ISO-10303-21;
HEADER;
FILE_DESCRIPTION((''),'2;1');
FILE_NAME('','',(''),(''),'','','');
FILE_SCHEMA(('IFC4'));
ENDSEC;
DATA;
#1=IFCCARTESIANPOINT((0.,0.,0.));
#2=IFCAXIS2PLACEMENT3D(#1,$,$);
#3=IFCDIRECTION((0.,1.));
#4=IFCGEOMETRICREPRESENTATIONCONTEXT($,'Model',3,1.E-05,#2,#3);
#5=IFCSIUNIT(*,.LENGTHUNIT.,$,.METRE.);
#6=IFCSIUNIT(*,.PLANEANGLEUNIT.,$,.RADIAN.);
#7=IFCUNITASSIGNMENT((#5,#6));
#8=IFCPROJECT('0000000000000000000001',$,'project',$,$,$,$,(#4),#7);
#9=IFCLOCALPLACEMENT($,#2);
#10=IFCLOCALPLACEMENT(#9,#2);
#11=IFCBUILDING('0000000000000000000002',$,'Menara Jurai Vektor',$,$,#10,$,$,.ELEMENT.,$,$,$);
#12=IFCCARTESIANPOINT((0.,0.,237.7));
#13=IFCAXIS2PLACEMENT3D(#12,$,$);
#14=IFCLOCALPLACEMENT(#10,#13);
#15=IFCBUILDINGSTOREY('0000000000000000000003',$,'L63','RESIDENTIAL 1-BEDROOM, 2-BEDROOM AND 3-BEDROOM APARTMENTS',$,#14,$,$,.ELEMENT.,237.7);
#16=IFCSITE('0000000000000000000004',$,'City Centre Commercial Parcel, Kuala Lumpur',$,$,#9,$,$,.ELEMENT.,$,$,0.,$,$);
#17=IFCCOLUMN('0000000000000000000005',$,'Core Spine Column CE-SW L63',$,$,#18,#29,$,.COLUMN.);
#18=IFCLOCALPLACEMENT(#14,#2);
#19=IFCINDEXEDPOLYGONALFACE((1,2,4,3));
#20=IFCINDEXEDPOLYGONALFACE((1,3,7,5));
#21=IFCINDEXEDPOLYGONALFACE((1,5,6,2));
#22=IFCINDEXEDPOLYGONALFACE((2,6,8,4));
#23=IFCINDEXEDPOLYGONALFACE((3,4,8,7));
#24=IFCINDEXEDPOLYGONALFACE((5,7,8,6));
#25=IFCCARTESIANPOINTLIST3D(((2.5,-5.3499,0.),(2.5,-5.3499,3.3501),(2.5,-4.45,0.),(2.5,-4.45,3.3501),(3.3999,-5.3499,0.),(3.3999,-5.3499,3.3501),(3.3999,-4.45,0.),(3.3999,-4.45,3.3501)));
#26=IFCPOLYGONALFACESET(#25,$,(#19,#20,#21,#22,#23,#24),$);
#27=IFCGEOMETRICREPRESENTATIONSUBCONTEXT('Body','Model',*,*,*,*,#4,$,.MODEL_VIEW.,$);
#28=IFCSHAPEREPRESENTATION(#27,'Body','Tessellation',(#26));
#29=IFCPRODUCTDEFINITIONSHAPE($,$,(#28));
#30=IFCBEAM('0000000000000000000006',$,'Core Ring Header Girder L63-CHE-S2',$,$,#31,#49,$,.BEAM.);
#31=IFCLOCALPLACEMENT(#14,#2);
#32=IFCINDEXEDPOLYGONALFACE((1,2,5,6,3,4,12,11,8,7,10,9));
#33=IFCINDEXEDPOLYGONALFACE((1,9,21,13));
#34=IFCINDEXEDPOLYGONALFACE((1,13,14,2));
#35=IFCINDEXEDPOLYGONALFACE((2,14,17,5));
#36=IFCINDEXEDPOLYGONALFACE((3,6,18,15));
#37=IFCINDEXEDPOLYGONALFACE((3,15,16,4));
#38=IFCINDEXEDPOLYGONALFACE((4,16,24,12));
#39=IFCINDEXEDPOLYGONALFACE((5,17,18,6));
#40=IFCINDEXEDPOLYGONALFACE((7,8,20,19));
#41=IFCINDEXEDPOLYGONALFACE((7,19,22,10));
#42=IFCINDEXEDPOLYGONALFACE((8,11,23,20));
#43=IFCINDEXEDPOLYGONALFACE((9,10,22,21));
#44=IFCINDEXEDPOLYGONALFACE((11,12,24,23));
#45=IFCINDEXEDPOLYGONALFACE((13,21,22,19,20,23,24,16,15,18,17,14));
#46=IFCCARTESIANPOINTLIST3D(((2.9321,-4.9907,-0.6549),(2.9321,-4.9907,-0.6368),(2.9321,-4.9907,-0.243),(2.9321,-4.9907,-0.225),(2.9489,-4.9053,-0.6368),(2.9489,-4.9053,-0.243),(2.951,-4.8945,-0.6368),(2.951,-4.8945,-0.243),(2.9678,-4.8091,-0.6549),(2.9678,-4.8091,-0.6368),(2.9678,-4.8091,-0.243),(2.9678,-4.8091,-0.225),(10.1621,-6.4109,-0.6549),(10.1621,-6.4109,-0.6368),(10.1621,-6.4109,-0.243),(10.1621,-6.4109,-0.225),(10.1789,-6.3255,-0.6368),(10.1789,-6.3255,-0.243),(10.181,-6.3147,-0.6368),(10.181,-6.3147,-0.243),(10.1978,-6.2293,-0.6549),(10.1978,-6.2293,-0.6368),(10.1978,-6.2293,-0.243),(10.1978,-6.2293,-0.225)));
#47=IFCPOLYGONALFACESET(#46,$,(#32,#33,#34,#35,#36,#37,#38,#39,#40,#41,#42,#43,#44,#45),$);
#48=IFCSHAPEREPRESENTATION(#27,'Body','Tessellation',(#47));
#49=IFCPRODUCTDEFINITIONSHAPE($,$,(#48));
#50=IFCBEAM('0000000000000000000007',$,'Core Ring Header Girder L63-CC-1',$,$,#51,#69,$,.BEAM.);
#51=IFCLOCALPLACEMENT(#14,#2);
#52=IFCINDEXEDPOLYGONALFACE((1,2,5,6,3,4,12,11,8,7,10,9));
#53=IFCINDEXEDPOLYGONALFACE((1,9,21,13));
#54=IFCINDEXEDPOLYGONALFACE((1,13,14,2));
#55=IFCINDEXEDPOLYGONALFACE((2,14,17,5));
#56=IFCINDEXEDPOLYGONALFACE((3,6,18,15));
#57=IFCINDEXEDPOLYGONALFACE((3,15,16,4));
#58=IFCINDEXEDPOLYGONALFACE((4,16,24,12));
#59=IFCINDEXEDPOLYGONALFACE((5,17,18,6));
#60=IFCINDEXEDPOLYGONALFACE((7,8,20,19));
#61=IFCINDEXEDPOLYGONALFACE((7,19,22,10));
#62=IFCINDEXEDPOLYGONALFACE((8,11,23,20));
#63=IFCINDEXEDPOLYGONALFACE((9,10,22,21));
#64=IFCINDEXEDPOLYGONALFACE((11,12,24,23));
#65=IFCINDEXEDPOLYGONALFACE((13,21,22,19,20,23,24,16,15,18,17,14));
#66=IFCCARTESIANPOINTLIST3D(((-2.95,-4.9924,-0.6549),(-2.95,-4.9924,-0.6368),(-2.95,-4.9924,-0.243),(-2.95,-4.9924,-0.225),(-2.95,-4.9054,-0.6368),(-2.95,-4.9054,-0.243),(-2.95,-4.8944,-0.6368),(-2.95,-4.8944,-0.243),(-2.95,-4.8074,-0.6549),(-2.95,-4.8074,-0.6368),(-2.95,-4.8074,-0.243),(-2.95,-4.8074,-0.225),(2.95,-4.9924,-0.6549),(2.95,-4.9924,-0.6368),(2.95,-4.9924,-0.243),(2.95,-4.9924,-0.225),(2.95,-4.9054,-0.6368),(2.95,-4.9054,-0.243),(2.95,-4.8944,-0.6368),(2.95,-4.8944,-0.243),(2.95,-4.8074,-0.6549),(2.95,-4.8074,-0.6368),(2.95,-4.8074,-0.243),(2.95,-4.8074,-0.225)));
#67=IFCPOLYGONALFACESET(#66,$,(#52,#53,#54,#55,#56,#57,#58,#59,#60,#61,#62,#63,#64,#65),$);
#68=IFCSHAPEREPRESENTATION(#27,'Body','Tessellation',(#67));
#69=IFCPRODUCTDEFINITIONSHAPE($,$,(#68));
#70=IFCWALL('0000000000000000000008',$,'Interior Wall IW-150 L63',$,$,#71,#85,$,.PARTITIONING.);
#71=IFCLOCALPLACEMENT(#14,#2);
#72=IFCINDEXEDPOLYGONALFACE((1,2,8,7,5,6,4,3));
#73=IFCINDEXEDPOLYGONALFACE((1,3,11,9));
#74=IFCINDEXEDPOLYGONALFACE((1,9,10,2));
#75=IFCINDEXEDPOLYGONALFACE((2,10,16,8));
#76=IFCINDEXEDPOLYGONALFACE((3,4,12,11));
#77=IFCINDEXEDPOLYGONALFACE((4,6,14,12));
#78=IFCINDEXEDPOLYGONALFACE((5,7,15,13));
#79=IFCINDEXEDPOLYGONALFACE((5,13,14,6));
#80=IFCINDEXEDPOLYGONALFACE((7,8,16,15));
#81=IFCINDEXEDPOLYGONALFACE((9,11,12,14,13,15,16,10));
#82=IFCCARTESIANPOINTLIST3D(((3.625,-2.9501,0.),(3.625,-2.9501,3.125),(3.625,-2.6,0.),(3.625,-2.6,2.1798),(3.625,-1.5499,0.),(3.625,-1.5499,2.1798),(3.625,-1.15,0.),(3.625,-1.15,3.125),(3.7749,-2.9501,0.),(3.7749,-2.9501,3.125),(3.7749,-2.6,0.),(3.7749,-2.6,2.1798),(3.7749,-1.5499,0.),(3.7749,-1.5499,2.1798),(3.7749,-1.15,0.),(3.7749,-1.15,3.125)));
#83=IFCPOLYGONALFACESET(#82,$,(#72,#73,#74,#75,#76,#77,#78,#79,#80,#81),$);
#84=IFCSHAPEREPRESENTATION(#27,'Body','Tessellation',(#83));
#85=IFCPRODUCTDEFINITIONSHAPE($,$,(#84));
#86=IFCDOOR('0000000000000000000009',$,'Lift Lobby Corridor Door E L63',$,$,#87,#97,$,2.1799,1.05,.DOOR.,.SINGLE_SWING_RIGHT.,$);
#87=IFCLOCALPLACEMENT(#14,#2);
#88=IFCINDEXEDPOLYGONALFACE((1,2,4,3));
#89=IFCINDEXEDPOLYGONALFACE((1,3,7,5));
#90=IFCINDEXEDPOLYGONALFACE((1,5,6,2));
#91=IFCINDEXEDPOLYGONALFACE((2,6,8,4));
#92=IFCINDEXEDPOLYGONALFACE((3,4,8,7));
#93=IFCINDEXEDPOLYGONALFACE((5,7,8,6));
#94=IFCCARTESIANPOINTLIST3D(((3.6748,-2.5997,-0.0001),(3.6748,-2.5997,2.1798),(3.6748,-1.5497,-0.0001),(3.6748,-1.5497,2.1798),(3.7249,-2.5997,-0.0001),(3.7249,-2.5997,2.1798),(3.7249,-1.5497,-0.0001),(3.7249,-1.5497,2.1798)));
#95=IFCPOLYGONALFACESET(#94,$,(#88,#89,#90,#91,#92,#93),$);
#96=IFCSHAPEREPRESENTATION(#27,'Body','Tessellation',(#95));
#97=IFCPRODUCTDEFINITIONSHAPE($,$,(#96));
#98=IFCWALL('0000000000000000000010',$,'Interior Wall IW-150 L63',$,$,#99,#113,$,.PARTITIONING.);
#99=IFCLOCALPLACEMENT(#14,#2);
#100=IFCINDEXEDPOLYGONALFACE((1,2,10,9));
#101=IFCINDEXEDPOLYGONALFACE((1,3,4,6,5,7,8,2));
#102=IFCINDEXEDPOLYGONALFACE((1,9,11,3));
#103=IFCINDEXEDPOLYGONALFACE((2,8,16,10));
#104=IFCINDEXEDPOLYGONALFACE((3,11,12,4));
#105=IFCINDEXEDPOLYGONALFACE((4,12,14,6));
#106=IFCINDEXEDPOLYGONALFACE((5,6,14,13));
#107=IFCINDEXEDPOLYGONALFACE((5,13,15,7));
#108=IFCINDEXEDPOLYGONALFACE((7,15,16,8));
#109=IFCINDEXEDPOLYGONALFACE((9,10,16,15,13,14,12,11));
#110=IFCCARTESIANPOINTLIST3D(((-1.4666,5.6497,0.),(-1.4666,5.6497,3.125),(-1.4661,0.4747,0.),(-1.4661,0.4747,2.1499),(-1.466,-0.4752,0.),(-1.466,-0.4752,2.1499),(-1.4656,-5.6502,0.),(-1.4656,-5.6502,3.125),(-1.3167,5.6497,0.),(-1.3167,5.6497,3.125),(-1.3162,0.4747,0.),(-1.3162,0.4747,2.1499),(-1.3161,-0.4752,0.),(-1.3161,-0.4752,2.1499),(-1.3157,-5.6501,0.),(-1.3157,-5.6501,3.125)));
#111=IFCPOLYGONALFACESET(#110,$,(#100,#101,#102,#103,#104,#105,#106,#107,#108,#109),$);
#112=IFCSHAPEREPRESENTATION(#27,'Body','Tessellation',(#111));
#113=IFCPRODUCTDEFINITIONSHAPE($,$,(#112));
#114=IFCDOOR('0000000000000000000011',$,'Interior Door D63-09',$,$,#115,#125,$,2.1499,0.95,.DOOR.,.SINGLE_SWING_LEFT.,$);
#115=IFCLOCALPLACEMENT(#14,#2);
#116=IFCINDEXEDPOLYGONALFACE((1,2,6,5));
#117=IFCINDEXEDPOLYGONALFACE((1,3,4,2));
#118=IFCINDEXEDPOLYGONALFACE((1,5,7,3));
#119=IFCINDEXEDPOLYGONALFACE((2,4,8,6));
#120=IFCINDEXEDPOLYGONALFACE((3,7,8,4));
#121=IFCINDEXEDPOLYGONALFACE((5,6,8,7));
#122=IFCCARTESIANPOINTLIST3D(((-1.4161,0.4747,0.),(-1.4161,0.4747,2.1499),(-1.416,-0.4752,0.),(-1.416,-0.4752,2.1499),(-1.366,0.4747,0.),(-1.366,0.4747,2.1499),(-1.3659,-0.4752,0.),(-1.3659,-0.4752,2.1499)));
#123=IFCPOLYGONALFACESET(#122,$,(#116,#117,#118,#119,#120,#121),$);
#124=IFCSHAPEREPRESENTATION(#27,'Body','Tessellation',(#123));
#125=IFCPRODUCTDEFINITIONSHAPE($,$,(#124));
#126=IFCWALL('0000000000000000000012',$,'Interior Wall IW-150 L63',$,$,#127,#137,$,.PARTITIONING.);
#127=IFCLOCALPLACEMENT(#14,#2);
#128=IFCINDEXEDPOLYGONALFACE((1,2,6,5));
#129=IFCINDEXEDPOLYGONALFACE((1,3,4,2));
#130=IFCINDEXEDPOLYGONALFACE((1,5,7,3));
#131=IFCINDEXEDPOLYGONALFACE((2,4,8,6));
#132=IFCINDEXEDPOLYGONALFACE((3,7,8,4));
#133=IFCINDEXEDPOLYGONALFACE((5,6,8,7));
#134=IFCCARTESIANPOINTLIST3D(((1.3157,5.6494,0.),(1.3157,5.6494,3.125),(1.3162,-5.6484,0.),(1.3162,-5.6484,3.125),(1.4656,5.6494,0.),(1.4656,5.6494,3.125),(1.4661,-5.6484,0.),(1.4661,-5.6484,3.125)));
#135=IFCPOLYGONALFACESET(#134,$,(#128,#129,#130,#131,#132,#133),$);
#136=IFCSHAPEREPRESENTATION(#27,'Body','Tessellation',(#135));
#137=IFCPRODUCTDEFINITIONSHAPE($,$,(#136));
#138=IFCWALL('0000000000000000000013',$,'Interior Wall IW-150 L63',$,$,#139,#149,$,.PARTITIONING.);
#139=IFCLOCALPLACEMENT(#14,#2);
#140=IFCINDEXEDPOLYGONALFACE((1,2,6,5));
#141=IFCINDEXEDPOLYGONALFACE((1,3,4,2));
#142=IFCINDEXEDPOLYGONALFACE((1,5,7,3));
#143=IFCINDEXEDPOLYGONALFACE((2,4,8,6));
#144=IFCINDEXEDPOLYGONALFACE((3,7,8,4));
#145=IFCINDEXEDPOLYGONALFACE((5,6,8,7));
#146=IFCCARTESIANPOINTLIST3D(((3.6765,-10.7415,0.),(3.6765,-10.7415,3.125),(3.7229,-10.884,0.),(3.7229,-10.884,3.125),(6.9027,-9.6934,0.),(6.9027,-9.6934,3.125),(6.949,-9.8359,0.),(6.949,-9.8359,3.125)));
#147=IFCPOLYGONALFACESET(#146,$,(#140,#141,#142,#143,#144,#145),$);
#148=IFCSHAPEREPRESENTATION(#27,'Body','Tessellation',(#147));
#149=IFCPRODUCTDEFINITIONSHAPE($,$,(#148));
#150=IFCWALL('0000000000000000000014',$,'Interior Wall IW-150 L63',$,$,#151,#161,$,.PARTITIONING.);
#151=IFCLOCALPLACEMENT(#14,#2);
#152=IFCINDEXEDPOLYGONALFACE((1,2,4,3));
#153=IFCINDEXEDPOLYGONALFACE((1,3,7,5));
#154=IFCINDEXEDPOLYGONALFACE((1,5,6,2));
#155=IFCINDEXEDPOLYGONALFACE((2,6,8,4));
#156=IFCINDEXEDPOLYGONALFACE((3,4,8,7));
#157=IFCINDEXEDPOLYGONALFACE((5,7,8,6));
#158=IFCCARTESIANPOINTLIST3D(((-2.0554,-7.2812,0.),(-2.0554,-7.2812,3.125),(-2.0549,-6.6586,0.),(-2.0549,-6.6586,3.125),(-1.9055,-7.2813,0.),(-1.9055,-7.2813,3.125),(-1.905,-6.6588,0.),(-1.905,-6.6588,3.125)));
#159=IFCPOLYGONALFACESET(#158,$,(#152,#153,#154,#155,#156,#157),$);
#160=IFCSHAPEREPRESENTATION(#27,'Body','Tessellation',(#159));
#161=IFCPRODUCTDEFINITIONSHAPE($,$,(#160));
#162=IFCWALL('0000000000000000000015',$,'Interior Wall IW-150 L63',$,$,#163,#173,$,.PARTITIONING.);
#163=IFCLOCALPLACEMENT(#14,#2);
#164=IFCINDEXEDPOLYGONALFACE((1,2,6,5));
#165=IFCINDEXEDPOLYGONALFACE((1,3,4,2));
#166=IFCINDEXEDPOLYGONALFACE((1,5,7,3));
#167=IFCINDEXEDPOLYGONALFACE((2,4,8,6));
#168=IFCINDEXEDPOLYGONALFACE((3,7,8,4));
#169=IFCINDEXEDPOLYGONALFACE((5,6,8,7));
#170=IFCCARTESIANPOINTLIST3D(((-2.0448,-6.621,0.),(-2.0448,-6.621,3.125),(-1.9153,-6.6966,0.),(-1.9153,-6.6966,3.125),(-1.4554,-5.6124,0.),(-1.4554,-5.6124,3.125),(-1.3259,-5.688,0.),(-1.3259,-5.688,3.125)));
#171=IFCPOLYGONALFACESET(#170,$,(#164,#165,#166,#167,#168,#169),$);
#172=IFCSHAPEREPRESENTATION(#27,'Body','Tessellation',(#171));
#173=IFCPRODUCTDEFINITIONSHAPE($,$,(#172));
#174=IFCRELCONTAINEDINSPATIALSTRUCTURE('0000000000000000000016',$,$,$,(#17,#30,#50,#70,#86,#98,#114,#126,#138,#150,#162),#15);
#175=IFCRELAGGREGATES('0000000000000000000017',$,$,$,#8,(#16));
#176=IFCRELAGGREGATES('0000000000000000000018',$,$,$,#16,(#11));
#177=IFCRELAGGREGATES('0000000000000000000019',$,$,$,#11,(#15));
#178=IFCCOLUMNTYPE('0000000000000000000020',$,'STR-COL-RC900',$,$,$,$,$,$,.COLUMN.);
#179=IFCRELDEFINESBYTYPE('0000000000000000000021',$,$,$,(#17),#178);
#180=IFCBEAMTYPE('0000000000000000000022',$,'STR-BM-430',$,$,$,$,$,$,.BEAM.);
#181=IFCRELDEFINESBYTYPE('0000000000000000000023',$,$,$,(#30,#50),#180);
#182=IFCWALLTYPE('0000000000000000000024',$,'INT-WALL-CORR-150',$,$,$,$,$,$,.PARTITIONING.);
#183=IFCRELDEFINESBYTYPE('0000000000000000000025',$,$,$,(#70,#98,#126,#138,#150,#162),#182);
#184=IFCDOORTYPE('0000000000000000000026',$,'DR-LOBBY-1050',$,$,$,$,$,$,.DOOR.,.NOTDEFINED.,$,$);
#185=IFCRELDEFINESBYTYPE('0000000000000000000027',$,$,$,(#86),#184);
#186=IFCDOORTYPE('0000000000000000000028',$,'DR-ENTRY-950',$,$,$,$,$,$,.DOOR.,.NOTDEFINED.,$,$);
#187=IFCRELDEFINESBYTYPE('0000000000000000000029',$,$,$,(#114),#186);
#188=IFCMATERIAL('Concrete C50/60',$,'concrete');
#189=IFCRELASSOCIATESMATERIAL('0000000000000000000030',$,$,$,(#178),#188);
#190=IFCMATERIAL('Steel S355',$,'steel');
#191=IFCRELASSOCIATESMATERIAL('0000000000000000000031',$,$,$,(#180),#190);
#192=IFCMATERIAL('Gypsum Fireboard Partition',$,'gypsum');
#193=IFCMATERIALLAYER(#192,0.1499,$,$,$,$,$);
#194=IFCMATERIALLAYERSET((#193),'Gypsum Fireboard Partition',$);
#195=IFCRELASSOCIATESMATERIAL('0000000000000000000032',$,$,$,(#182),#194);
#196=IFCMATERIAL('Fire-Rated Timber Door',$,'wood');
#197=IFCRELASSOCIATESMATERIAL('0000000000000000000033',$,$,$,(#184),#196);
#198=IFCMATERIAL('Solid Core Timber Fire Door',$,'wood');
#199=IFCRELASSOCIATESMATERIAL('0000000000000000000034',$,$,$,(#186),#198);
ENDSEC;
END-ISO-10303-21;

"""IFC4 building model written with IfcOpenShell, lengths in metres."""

from ifc_helpers import new_model, si_unit, direction, frame, frame_2d, origin, origin_2d, place, context, subcontext, project, spatial, rectangle, i_section, extrude, material, layer, layer_set, material_profile, profile_set, type_object, element, fill, save


model = new_model("IFC4")

# Units and contexts
model_context = context("Model", 3, precision=1e-05, world=origin(), true_north=direction((0.0, 1.0)))
body_context = subcontext(model_context, "Body", "Model", "MODEL_VIEW")
ifc_project = project(units=[si_unit("LENGTHUNIT", "METRE"), si_unit("PLANEANGLEUNIT", "RADIAN")], contexts=[model_context])

# Site, building, storey
site_placement = place(None, origin())
site = spatial("IfcSite", under=ifc_project, at=site_placement, Name="City Centre Commercial Parcel, Kuala Lumpur", CompositionType="ELEMENT", RefElevation=0.0)
building_placement = place(site_placement, origin())
building = spatial("IfcBuilding", under=site, at=building_placement, Name="Menara Jurai Vektor", CompositionType="ELEMENT")
storey_placement = place(building_placement, frame((0.0, 0.0, 237.7)))
storey = spatial("IfcBuildingStorey", under=building, at=storey_placement, Name="L63", Description="RESIDENTIAL 1-BEDROOM, 2-BEDROOM AND 3-BEDROOM APARTMENTS", CompositionType="ELEMENT", Elevation=237.7)

# Column
ifc_material_1 = material(Name="Concrete C50/60", Category="concrete")
ifc_material_profile_1 = material_profile(ifc_material_1, rectangle(XDim=0.8999, YDim=0.8999, at=origin_2d()), Name="RC 900x900")
ifc_profile_set_1 = profile_set([ifc_material_profile_1], Name="Concrete C50/60")
column_type = type_object("IfcColumnType", Name="STR-COL-RC900", PredefinedType="COLUMN", material=ifc_profile_set_1)
column_placement = place(storey_placement, frame((2.95, -4.8999, 0.0), z_axis=(0.0, 0.0, 1.0), x_axis=(1.0, 0.0, 0.0)))
element("IfcColumn", 1, at=column_placement, inside=storey, type_object=column_type, Name="Core Spine Column CE-SW L63", PredefinedType="COLUMN", context=body_context, shape_type="SweptSolid", body=[
    extrude(rectangle(XDim=0.8999, YDim=0.8999, at=origin_2d()), origin(), (0.0, 0.0, 1.0), 3.3501),
])

# Beams
ifc_material_2 = material(Name="Steel S355", Category="steel")
ifc_material_profile_2 = material_profile(ifc_material_2, i_section(OverallWidth=0.1851, OverallDepth=0.4299, WebThickness=0.011, FlangeThickness=0.0181, at=origin_2d()), Name="PG 430x185x76")
ifc_profile_set_2 = profile_set([ifc_material_profile_2], Name="Steel S355")
beam_type = type_object("IfcBeamType", Name="STR-BM-430", PredefinedType="BEAM", material=ifc_profile_set_2)
beam_1_placement = place(storey_placement, frame((2.95, -4.8999, -0.4399), z_axis=(0.981249, -0.192744, 0.0), x_axis=(0.192744, 0.981249, 0.0)))
element("IfcBeam", 2, at=beam_1_placement, inside=storey, type_object=beam_type, Name="Core Ring Header Girder L63-CHE-S2", PredefinedType="BEAM", context=body_context, shape_type="SweptSolid", body=[
    extrude(i_section(OverallWidth=0.1851, OverallDepth=0.4299, WebThickness=0.011, FlangeThickness=0.0181, at=origin_2d()), origin(), (0.0, 0.0, 1.0), 7.3682),
])
beam_2_placement = place(storey_placement, frame((-2.95, -4.8999, -0.4399), z_axis=(1.0, 0.0, 0.0), x_axis=(0.0, 1.0, 0.0)))
element("IfcBeam", 3, at=beam_2_placement, inside=storey, type_object=beam_type, Name="Core Ring Header Girder L63-CC-1", PredefinedType="BEAM", context=body_context, shape_type="SweptSolid", body=[
    extrude(i_section(OverallWidth=0.1851, OverallDepth=0.4299, WebThickness=0.011, FlangeThickness=0.0181, at=origin_2d()), origin(), (0.0, 0.0, 1.0), 5.8999),
])

# Walls, openings, doors
ifc_material_3 = material(Name="Gypsum Fireboard Partition", Category="gypsum")
ifc_layer_1 = layer(ifc_material_3, 0.1499)
ifc_layer_set_1 = layer_set([ifc_layer_1], Name="Gypsum Fireboard Partition")
wall_type_1 = type_object("IfcWallType", Name="INT-WALL-CORR-150", PredefinedType="PARTITIONING", material=ifc_layer_set_1)
wall_1_placement = place(storey_placement, frame((3.7, -2.95, 0.0), z_axis=(0.0, 0.0, 1.0), x_axis=(0.0, 1.0, 0.0)))
wall_1 = element("IfcWall", 4, at=wall_1_placement, inside=storey, type_object=wall_type_1, Name="Interior Wall IW-150 L63", PredefinedType="PARTITIONING", context=body_context, shape_type="SweptSolid", body=[
    extrude(rectangle(XDim=1.8, YDim=0.1499, at=frame_2d((0.8999, 0.0))), origin(), (0.0, 0.0, 1.0), 3.125),
])
opening_1_placement = place(wall_1_placement, frame((0.3501, 0.0, 0.0)))
opening_1 = element("IfcOpeningElement", 5, at=opening_1_placement, cuts=wall_1, PredefinedType="OPENING", context=body_context, shape_type="SweptSolid", body=[
    extrude(rectangle(XDim=1.05, YDim=2.1799, at=frame_2d((0.5249, 1.0898))), frame((0.0, 0.085, 0.0), z_axis=(0.0, -1.0, 0.0), x_axis=(1.0, 0.0, 0.0)), (0.0, 0.0, 1.0), 0.1699),
])
ifc_material_4 = material(Name="Fire-Rated Timber Door", Category="wood")
door_type_1 = type_object("IfcDoorType", Name="DR-LOBBY-1050", OperationType="NOTDEFINED", PredefinedType="DOOR", material=ifc_material_4)
door_1_placement = place(opening_1_placement, frame((1.05, 0.0, 0.0), z_axis=(0.0, 0.0, 1.0), x_axis=(-1.0, 0.0, 0.0)))
door_1 = element("IfcDoor", 6, at=door_1_placement, inside=storey, type_object=door_type_1, Name="Lift Lobby Corridor Door E L63", OperationType="SINGLE_SWING_RIGHT", OverallHeight=2.1799, OverallWidth=1.05, PredefinedType="DOOR", context=body_context, shape_type="SweptSolid", body=[
    extrude(rectangle(XDim=1.05, YDim=2.1799, at=frame_2d((0.5249, 1.0898))), frame((0.0, 0.0249, 0.0), z_axis=(0.0, -1.0, 0.0), x_axis=(1.0, 0.0, 0.0)), (0.0, 0.0, 1.0), 0.05),
])
fill(opening_1, door_1)
wall_2_placement = place(storey_placement, frame((-1.3906, -5.6501, 0.0), z_axis=(0.0, 0.0, 1.0), x_axis=(-0.000086, 1.0, 0.0)))
wall_2 = element("IfcWall", 7, at=wall_2_placement, inside=storey, type_object=wall_type_1, Name="Interior Wall IW-150 L63", PredefinedType="PARTITIONING", context=body_context, shape_type="SweptSolid", body=[
    extrude(rectangle(XDim=11.2998, YDim=0.1499, at=frame_2d((5.6499, 0.0))), origin(), (0.0, 0.0, 1.0), 3.125),
])
opening_2_placement = place(wall_2_placement, frame((5.1748, 0.0, 0.0)))
opening_2 = element("IfcOpeningElement", 8, at=opening_2_placement, cuts=wall_2, PredefinedType="OPENING", context=body_context, shape_type="SweptSolid", body=[
    extrude(rectangle(XDim=0.95, YDim=2.1499, at=frame_2d((0.4751, 1.075))), frame((0.0, 0.085, 0.0), z_axis=(0.0, -1.0, 0.0), x_axis=(1.0, 0.0, 0.0)), (0.0, 0.0, 1.0), 0.1699),
])
ifc_material_5 = material(Name="Solid Core Timber Fire Door", Category="wood")
door_type_2 = type_object("IfcDoorType", Name="DR-ENTRY-950", OperationType="NOTDEFINED", PredefinedType="DOOR", material=ifc_material_5)
door_2_placement = place(opening_2_placement, origin())
door_2 = element("IfcDoor", 9, at=door_2_placement, inside=storey, type_object=door_type_2, Name="Interior Door D63-09", OperationType="SINGLE_SWING_LEFT", OverallHeight=2.1499, OverallWidth=0.95, PredefinedType="DOOR", context=body_context, shape_type="SweptSolid", body=[
    extrude(rectangle(XDim=0.95, YDim=2.1499, at=frame_2d((0.4751, 1.075))), frame((0.0, 0.0249, 0.0), z_axis=(0.0, -1.0, 0.0), x_axis=(1.0, 0.0, 0.0)), (0.0, 0.0, 1.0), 0.05),
])
fill(opening_2, door_2)

# Walls
wall_3_placement = place(storey_placement, frame((1.3911, -5.6484, 0.0), z_axis=(0.0, 0.0, 1.0), x_axis=(-0.000043, 1.0, 0.0)))
element("IfcWall", 10, at=wall_3_placement, inside=storey, type_object=wall_type_1, Name="Interior Wall IW-150 L63", PredefinedType="PARTITIONING", context=body_context, shape_type="SweptSolid", body=[
    extrude(rectangle(XDim=11.2979, YDim=0.1499, at=frame_2d((5.6489, 0.0))), origin(), (0.0, 0.0, 1.0), 3.125),
])
wall_4_placement = place(storey_placement, frame((3.6997, -10.8127, 0.0), z_axis=(0.0, 0.0, 1.0), x_axis=(0.951067, 0.308985, 0.0)))
element("IfcWall", 11, at=wall_4_placement, inside=storey, type_object=wall_type_1, Name="Interior Wall IW-150 L63", PredefinedType="PARTITIONING", context=body_context, shape_type="SweptSolid", body=[
    extrude(rectangle(XDim=3.3921, YDim=0.1499, at=frame_2d((1.696, 0.0))), origin(), (0.0, 0.0, 1.0), 3.125),
])

# Walls
wall_5_placement = place(storey_placement, frame((-1.9805, -7.2812, 0.0), z_axis=(0.0, 0.0, 1.0), x_axis=(0.000784, 1.0, 0.0)))
element("IfcWall", 12, at=wall_5_placement, inside=storey, type_object=wall_type_1, Name="Interior Wall IW-150 L63", PredefinedType="PARTITIONING", context=body_context, shape_type="SweptSolid", body=[
    extrude(rectangle(XDim=0.6226, YDim=0.1499, at=frame_2d((0.3113, 0.0))), origin(), (0.0, 0.0, 1.0), 3.125),
])
wall_6_placement = place(storey_placement, frame((-1.98, -6.6587, 0.0), z_axis=(0.0, 0.0, 1.0), x_axis=(0.504534, 0.863392, 0.0)))
element("IfcWall", 13, at=wall_6_placement, inside=storey, type_object=wall_type_1, Name="Interior Wall IW-150 L63", PredefinedType="PARTITIONING", context=body_context, shape_type="SweptSolid", body=[
    extrude(rectangle(XDim=1.1682, YDim=0.1499, at=frame_2d((0.584, 0.0))), origin(), (0.0, 0.0, 1.0), 3.125),
])

save(model, "model.ifc")
